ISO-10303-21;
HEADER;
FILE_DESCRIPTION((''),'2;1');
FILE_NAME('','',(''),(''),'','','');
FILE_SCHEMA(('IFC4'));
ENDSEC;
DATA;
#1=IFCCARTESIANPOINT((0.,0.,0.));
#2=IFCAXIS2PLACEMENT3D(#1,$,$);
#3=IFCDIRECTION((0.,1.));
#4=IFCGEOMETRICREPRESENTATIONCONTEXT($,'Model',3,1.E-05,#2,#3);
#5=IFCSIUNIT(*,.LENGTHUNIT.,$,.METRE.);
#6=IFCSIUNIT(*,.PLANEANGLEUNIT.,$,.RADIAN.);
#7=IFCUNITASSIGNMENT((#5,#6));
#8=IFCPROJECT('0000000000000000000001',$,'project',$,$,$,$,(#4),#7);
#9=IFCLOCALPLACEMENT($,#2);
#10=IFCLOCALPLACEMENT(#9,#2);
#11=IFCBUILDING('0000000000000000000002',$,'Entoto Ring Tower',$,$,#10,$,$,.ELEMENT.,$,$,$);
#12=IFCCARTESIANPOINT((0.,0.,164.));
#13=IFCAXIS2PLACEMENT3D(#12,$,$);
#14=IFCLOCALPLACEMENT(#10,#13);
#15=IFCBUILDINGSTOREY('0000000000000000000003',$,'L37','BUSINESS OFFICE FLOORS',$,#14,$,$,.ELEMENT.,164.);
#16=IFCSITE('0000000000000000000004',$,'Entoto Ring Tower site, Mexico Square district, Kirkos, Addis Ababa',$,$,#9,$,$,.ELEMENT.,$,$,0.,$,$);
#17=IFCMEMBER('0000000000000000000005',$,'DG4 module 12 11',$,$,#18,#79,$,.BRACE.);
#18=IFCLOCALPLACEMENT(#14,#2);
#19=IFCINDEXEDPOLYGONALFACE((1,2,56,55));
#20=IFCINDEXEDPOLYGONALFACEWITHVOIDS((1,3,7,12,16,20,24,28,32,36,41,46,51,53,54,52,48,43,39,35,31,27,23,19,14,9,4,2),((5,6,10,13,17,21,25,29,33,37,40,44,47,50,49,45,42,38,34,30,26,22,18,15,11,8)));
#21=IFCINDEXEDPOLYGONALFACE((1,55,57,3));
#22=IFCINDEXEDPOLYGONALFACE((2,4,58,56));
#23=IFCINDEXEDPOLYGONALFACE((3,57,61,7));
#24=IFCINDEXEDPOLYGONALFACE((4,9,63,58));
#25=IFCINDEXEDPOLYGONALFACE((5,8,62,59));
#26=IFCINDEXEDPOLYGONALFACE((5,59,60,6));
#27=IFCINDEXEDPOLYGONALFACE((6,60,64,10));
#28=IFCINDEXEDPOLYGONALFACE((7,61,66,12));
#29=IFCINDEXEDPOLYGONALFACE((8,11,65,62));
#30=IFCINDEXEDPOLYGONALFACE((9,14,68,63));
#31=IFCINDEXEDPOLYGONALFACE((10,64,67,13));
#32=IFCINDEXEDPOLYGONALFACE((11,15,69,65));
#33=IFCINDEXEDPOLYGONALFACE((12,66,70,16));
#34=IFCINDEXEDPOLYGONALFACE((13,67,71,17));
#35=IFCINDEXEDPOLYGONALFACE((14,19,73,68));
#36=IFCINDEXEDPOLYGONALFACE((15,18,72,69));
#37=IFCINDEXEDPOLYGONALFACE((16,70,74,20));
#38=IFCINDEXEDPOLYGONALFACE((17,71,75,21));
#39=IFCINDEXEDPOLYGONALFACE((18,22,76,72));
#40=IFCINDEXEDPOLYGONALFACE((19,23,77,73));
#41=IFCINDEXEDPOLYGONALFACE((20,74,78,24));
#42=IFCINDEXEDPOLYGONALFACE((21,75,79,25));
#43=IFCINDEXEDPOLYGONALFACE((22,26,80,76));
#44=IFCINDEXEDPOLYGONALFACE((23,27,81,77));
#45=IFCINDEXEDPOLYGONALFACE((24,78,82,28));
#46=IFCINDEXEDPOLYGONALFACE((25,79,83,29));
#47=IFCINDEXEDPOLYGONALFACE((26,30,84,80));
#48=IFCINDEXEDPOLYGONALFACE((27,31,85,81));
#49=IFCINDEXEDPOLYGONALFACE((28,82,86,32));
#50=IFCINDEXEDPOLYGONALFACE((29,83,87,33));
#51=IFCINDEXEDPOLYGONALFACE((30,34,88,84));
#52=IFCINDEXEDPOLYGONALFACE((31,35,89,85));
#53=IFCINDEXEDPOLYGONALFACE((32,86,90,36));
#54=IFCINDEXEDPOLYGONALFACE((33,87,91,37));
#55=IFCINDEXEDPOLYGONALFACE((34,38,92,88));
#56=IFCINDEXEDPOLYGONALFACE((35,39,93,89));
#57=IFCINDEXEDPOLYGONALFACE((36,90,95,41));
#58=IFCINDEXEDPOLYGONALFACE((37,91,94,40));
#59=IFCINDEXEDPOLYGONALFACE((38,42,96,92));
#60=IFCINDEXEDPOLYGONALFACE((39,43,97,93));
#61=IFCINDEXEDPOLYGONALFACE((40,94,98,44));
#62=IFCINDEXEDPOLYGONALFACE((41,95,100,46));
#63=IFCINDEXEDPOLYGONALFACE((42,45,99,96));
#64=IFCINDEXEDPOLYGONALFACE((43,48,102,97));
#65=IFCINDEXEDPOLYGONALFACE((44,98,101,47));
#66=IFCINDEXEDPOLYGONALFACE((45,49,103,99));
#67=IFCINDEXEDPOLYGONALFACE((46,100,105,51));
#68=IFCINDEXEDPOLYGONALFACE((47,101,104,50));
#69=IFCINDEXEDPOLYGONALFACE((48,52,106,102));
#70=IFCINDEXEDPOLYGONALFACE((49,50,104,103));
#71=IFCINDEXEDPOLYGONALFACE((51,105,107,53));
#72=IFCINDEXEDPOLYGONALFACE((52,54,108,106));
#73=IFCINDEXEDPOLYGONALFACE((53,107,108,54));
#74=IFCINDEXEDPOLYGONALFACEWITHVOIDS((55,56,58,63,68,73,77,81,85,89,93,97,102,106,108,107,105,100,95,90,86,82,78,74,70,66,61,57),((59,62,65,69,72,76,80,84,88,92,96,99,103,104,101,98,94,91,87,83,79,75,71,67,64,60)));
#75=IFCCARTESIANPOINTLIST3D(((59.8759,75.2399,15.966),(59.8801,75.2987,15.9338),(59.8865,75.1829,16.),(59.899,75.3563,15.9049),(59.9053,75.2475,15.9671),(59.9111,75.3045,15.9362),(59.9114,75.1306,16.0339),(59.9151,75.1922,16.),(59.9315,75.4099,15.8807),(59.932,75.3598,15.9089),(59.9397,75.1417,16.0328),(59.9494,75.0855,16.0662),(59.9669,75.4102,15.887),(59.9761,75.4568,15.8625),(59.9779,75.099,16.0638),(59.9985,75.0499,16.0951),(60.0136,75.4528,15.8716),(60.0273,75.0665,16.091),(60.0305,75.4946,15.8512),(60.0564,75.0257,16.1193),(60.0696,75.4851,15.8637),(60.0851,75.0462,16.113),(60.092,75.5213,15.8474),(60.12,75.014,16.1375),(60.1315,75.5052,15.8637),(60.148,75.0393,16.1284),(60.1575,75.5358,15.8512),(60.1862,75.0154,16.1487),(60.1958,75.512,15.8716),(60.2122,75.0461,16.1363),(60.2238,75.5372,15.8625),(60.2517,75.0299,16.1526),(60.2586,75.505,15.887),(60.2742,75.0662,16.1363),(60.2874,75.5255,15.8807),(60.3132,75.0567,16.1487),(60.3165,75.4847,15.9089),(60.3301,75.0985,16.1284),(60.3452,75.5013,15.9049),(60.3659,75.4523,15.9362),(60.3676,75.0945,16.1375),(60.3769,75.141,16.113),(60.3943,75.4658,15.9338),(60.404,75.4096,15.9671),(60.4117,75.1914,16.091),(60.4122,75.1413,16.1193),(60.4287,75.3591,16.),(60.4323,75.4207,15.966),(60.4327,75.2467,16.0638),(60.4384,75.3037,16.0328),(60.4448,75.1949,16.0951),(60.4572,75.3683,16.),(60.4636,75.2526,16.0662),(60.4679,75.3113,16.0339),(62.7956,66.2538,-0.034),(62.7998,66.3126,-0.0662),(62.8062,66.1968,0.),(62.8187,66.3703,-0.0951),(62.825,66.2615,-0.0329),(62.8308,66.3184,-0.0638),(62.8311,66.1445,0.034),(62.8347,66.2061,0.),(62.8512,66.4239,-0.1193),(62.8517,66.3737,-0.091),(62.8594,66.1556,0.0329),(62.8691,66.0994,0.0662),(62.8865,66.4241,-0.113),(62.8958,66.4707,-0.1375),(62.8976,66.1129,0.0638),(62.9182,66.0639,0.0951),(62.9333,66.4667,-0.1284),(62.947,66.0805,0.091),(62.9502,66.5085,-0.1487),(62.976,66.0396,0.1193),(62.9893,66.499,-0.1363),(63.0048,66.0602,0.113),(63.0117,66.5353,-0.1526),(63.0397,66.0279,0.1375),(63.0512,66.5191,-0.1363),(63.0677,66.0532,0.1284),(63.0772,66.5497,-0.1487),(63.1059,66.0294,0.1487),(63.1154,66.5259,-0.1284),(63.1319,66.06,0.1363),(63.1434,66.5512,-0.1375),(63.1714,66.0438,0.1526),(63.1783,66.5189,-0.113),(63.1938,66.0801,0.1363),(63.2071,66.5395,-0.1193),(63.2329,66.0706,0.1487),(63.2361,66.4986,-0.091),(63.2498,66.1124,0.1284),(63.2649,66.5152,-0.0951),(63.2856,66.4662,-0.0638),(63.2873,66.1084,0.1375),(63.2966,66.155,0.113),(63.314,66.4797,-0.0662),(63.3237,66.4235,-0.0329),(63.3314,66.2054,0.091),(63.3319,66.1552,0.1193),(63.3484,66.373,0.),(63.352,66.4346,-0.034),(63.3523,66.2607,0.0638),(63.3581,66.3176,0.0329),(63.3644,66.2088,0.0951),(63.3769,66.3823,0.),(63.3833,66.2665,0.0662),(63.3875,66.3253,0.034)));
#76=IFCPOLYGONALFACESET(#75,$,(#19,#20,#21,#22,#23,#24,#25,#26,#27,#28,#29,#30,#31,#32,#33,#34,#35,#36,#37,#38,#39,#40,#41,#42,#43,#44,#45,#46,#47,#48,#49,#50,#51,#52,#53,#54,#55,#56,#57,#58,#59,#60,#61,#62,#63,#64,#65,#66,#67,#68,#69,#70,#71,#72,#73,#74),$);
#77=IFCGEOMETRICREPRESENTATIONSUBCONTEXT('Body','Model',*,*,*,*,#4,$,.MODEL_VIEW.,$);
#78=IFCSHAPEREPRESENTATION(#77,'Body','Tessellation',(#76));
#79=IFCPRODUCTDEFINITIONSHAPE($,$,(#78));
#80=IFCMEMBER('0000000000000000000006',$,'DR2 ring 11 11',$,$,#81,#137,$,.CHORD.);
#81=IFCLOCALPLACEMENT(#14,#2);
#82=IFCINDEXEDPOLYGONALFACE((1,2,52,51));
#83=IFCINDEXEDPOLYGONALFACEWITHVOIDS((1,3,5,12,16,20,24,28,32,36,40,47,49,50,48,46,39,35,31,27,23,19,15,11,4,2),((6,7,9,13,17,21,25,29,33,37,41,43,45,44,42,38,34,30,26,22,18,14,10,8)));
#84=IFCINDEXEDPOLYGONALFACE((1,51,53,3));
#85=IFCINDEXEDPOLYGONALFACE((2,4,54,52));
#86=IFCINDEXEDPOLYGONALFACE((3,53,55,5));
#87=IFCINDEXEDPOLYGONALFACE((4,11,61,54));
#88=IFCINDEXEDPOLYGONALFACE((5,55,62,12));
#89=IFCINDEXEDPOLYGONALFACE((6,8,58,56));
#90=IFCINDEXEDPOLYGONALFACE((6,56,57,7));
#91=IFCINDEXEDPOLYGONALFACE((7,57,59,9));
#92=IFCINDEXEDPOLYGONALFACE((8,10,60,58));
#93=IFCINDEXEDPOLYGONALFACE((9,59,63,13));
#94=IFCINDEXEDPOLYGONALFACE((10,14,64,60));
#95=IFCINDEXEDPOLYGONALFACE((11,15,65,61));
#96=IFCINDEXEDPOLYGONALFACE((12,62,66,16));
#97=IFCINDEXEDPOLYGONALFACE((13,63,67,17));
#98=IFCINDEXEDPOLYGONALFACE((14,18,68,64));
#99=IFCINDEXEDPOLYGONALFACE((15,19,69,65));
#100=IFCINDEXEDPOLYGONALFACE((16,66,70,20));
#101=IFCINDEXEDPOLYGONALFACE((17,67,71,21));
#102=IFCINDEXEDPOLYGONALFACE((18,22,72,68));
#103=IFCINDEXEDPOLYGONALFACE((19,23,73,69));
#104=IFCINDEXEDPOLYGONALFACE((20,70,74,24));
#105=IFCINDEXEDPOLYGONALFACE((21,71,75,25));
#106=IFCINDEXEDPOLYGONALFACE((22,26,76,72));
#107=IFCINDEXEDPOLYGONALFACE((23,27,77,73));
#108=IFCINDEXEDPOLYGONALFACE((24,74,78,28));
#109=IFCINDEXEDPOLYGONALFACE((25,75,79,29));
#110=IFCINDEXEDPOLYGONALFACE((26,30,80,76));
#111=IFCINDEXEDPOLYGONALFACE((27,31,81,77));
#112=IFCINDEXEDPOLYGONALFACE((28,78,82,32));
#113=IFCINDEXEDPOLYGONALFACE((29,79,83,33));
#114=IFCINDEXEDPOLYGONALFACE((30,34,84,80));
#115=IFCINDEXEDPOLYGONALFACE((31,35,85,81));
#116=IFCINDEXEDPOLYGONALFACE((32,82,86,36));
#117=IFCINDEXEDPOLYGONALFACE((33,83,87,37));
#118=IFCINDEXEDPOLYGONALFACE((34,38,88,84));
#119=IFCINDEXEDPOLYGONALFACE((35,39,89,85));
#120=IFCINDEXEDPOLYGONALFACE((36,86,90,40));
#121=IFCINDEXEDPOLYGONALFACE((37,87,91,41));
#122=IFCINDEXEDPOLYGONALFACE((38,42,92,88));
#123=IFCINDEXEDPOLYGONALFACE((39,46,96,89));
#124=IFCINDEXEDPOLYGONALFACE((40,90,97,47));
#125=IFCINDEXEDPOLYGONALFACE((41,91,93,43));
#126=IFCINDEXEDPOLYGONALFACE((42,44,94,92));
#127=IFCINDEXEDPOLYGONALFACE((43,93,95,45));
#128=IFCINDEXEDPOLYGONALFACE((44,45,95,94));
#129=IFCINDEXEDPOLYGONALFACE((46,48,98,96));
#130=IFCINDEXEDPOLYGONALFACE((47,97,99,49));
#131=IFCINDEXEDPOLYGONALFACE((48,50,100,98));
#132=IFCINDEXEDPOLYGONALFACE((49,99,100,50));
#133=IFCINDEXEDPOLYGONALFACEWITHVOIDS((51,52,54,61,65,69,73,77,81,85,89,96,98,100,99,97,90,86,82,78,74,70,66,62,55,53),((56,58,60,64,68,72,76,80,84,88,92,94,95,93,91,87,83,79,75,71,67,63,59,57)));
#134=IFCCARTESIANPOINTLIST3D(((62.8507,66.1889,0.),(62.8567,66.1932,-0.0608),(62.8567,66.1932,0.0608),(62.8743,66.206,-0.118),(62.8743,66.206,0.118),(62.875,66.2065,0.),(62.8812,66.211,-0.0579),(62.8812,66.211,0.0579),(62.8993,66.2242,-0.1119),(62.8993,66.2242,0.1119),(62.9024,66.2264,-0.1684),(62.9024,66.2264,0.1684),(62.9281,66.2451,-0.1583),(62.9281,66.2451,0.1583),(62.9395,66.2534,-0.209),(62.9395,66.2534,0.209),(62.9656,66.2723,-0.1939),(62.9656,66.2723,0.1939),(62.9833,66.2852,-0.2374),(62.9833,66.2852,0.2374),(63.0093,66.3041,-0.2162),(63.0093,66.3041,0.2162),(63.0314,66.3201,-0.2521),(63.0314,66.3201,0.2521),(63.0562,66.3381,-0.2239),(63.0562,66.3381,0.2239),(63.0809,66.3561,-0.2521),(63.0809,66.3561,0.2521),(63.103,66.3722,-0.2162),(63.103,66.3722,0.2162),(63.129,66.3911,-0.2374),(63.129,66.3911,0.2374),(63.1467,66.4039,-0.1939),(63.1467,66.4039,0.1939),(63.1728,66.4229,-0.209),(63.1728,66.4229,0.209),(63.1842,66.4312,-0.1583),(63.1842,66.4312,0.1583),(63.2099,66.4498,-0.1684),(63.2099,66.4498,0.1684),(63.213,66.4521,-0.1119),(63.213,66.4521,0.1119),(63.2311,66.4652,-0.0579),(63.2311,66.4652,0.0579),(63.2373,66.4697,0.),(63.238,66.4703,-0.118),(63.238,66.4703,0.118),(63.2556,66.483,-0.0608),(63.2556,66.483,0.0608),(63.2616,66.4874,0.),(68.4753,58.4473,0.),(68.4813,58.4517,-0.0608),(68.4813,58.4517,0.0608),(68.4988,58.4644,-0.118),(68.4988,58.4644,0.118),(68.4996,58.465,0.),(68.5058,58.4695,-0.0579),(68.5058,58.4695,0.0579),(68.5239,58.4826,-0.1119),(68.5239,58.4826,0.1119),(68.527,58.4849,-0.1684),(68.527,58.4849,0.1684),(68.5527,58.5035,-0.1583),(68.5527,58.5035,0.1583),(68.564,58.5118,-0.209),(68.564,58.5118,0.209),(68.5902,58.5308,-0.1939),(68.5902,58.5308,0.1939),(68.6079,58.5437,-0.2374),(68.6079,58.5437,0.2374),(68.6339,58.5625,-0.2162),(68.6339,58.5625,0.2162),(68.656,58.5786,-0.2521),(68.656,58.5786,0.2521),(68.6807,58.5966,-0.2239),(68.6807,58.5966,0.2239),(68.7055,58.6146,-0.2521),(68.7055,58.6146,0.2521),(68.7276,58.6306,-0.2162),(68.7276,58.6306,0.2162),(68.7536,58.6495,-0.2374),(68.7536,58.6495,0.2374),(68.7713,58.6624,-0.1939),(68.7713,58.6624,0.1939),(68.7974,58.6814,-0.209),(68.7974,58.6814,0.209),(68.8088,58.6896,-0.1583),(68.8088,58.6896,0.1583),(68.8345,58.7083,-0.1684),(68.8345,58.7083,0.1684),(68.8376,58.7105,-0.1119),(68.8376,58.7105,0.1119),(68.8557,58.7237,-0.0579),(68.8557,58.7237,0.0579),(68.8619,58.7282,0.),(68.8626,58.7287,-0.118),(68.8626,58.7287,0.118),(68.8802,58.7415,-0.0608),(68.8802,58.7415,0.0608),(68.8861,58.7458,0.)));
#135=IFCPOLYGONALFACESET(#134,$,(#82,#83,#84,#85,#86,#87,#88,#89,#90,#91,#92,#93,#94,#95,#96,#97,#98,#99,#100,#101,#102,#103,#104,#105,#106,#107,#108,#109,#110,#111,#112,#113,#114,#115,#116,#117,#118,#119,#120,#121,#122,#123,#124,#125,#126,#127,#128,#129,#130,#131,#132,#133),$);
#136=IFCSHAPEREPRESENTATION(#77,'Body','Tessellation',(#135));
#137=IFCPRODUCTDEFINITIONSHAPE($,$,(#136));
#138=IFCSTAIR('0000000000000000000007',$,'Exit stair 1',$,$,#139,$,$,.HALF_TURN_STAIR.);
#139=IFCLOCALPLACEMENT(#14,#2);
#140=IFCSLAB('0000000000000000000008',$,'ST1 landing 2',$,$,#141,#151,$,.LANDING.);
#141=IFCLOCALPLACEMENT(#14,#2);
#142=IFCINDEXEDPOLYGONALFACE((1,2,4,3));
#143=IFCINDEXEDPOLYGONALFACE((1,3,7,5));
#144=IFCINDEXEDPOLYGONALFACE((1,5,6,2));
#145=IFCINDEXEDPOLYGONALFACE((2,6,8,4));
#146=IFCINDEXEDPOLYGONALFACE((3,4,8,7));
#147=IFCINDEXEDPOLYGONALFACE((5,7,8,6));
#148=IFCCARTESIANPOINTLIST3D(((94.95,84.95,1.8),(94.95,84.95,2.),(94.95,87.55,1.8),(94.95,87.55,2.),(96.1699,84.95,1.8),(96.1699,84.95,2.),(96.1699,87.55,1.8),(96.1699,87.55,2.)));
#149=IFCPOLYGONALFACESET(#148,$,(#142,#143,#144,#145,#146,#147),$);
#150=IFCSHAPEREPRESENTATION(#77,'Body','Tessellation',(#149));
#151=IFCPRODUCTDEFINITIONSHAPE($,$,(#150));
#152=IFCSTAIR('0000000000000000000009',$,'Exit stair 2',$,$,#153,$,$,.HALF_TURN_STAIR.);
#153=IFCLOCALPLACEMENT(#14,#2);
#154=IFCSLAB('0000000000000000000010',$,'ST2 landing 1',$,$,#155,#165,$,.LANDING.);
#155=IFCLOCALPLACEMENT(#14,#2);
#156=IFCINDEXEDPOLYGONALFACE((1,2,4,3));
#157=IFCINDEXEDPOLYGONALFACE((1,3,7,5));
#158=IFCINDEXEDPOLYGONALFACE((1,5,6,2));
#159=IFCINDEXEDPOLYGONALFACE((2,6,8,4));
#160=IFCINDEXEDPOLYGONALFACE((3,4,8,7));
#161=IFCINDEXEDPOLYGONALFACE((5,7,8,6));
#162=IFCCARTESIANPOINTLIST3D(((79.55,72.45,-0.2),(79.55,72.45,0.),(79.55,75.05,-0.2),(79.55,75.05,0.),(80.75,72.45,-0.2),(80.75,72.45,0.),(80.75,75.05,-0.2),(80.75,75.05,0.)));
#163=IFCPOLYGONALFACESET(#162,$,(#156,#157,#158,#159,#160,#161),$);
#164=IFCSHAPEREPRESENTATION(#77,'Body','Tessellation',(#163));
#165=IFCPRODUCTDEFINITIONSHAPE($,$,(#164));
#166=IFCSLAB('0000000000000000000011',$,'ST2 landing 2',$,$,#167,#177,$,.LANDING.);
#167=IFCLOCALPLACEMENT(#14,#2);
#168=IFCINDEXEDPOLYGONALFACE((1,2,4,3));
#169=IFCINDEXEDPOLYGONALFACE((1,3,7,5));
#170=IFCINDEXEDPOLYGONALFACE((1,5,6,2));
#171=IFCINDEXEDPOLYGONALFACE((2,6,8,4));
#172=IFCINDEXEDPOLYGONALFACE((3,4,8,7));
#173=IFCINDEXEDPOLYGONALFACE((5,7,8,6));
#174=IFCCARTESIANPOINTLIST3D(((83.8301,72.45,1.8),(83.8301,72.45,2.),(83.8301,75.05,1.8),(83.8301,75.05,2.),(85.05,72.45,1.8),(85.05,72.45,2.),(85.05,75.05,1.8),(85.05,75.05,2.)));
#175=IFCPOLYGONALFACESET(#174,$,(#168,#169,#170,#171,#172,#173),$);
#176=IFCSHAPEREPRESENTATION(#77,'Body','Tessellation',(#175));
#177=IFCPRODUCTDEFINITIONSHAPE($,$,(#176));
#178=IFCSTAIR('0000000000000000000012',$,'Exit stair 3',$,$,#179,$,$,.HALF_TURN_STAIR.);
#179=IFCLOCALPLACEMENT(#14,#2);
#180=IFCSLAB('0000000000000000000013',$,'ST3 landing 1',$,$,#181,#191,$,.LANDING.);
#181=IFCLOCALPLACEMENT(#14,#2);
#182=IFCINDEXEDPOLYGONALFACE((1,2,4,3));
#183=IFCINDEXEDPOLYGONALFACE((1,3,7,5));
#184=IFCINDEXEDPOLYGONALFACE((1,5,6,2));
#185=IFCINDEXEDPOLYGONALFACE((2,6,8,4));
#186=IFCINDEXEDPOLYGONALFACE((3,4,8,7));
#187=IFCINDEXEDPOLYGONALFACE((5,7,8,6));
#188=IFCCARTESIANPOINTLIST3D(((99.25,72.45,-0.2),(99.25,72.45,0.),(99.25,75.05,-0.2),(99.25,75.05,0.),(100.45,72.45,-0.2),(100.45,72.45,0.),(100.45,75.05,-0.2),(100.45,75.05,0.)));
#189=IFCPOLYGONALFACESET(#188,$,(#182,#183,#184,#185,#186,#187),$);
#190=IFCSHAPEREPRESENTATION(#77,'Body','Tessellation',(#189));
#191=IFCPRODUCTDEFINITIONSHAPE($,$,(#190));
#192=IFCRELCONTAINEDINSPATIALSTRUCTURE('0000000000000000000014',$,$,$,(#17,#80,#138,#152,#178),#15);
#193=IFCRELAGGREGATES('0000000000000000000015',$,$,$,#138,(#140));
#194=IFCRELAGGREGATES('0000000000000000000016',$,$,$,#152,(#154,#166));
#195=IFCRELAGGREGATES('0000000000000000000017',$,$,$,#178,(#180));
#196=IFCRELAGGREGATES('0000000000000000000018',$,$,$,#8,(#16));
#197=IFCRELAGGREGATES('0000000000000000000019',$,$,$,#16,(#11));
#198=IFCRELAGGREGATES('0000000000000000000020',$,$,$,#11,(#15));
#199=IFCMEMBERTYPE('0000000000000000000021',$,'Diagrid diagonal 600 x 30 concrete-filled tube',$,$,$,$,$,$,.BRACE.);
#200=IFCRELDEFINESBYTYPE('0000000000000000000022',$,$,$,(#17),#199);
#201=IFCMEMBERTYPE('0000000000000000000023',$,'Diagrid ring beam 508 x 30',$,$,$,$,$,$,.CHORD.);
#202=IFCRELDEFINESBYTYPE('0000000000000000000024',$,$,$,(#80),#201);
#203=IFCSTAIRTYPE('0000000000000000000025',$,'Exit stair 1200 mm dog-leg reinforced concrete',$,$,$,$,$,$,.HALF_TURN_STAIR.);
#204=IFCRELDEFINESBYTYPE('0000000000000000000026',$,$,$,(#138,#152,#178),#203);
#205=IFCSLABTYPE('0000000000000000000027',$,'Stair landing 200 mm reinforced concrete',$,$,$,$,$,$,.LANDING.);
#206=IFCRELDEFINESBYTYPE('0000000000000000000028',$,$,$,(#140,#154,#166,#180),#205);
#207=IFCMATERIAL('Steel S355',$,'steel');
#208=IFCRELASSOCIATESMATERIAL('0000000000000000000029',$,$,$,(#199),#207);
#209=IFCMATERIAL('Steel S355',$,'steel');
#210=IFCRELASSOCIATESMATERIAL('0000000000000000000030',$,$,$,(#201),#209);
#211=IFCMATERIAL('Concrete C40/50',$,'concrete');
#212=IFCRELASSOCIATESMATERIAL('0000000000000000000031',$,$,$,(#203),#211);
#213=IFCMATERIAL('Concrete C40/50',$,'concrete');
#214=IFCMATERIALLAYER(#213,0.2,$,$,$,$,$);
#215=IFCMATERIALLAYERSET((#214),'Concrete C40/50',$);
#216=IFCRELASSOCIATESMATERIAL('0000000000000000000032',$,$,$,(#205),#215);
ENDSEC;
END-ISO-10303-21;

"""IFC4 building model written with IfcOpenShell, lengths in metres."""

from ifc_helpers import new_model, si_unit, direction, frame, origin, origin_2d, place, context, subcontext, project, spatial, polyline, circle, hollow_circle, outline, extrude, material, layer, layer_set, material_profile, profile_set, type_object, element, aggregate, save


model = new_model("IFC4")

# Units and contexts
model_context = context("Model", 3, precision=1e-05, world=origin(), true_north=direction((0.0, 1.0)))
body_context = subcontext(model_context, "Body", "Model", "MODEL_VIEW")
ifc_project = project(units=[si_unit("LENGTHUNIT", "METRE"), si_unit("PLANEANGLEUNIT", "RADIAN")], contexts=[model_context])

# Site, building, storey
site_placement = place(None, origin())
site = spatial("IfcSite", under=ifc_project, at=site_placement, Name="Entoto Ring Tower site, Mexico Square district, Kirkos, Addis Ababa", CompositionType="ELEMENT", RefElevation=0.0)
building_placement = place(site_placement, origin())
building = spatial("IfcBuilding", under=site, at=building_placement, Name="Entoto Ring Tower", CompositionType="ELEMENT")
storey_placement = place(building_placement, frame((0.0, 0.0, 164.0)))
storey = spatial("IfcBuildingStorey", under=building, at=storey_placement, Name="L37", Description="BUSINESS OFFICE FLOORS", CompositionType="ELEMENT", Elevation=164.0)

# Members
ifc_material_1 = material(Name="Steel S355", Category="steel")
ifc_material_profile_1 = material_profile(ifc_material_1, hollow_circle(Radius=0.3, WallThickness=0.03, at=origin_2d()), Name="CHS 600 x 30")
ifc_material_2 = material(Name="Concrete C60/75", Category="concrete")
ifc_material_profile_2 = material_profile(ifc_material_2, circle(Radius=0.27, at=origin_2d()), Name="Concrete C60/75 infill")
ifc_profile_set_1 = profile_set([ifc_material_profile_1, ifc_material_profile_2], Name="Steel S355")
member_type_1 = type_object("IfcMemberType", Name="Diagrid diagonal 600 x 30 concrete-filled tube", PredefinedType="BRACE", material=ifc_profile_set_1)
member_1_placement = place(storey_placement, frame((63.0916, 66.2896, 0.0), z_axis=(-0.157128, 0.483602, 0.861069), x_axis=(-0.951059, -0.30901, 0.0)))
element("IfcMember", 1, at=member_1_placement, inside=storey, type_object=member_type_1, Name="DG4 module 12 11", PredefinedType="BRACE", context=body_context, shape_type="SweptSolid", body=[
    extrude(hollow_circle(Radius=0.3, WallThickness=0.03, at=origin_2d()), origin(), (0.0, 0.0, 1.0), 18.5815),
])
ifc_material_3 = material(Name="Steel S355", Category="steel")
ifc_material_profile_3 = material_profile(ifc_material_3, hollow_circle(Radius=0.2539, WallThickness=0.03, at=origin_2d()), Name="CHS 508 x 30")
ifc_material_4 = material(Name="Concrete C60/75", Category="concrete")
ifc_material_profile_4 = material_profile(ifc_material_4, circle(Radius=0.2241, at=origin_2d()), Name="Concrete C60/75 infill")
ifc_profile_set_2 = profile_set([ifc_material_profile_3, ifc_material_profile_4], Name="Steel S355")
member_type_2 = type_object("IfcMemberType", Name="Diagrid ring beam 508 x 30", PredefinedType="CHORD", material=ifc_profile_set_2)
member_2_placement = place(storey_placement, frame((63.0562, 66.3381, 0.0), z_axis=(0.587786, -0.809016, 0.0), x_axis=(0.809016, 0.587786, 0.0)))
element("IfcMember", 2, at=member_2_placement, inside=storey, type_object=member_type_2, Name="DR2 ring 11 11", PredefinedType="CHORD", context=body_context, shape_type="SweptSolid", body=[
    extrude(hollow_circle(Radius=0.2539, WallThickness=0.03, at=origin_2d()), origin(), (0.0, 0.0, 1.0), 9.5691),
])

# Stair, slab
ifc_material_5 = material(Name="Concrete C40/50", Category="concrete")
stair_type = type_object("IfcStairType", Name="Exit stair 1200 mm dog-leg reinforced concrete", PredefinedType="HALF_TURN_STAIR", material=ifc_material_5)
stair_1_placement = place(storey_placement, origin())
stair_1 = element("IfcStair", 3, at=stair_1_placement, inside=storey, type_object=stair_type, Name="Exit stair 1", PredefinedType="HALF_TURN_STAIR")
ifc_material_6 = material(Name="Concrete C40/50", Category="concrete")
ifc_layer_1 = layer(ifc_material_6, 0.2)
ifc_layer_set_1 = layer_set([ifc_layer_1], Name="Concrete C40/50")
slab_type_1 = type_object("IfcSlabType", Name="Stair landing 200 mm reinforced concrete", PredefinedType="LANDING", material=ifc_layer_set_1)
slab_1_placement = place(storey_placement, frame((0.0, 0.0, 1.8)))
slab_1 = element("IfcSlab", 4, at=slab_1_placement, type_object=slab_type_1, Name="ST1 landing 2", PredefinedType="LANDING", context=body_context, shape_type="SweptSolid", body=[
    extrude(outline(polyline([(94.95, 84.95), (96.1699, 84.95), (96.1699, 87.55), (94.95, 87.55), (94.95, 84.95)])), origin(), (0.0, 0.0, 1.0), 0.2),
])
aggregate(stair_1, [slab_1])

# Stairs, slabs
stair_2_placement = place(storey_placement, origin())
stair_2 = element("IfcStair", 5, at=stair_2_placement, inside=storey, type_object=stair_type, Name="Exit stair 2", PredefinedType="HALF_TURN_STAIR")
slab_2_placement = place(storey_placement, frame((0.0, 0.0, -0.2)))
slab_2 = element("IfcSlab", 6, at=slab_2_placement, type_object=slab_type_1, Name="ST2 landing 1", PredefinedType="LANDING", context=body_context, shape_type="SweptSolid", body=[
    extrude(outline(polyline([(80.75, 72.45), (80.75, 75.05), (79.55, 75.05), (79.55, 72.45), (80.75, 72.45)])), origin(), (0.0, 0.0, 1.0), 0.2),
])
slab_3_placement = place(storey_placement, frame((0.0, 0.0, 1.8)))
slab_3 = element("IfcSlab", 7, at=slab_3_placement, type_object=slab_type_1, Name="ST2 landing 2", PredefinedType="LANDING", context=body_context, shape_type="SweptSolid", body=[
    extrude(outline(polyline([(83.8301, 72.45), (85.05, 72.45), (85.05, 75.05), (83.8301, 75.05), (83.8301, 72.45)])), origin(), (0.0, 0.0, 1.0), 0.2),
])
aggregate(stair_2, [slab_2, slab_3])
stair_3_placement = place(storey_placement, origin())
stair_3 = element("IfcStair", 8, at=stair_3_placement, inside=storey, type_object=stair_type, Name="Exit stair 3", PredefinedType="HALF_TURN_STAIR")
slab_4_placement = place(storey_placement, frame((0.0, 0.0, -0.2)))
slab_4 = element("IfcSlab", 9, at=slab_4_placement, type_object=slab_type_1, Name="ST3 landing 1", PredefinedType="LANDING", context=body_context, shape_type="SweptSolid", body=[
    extrude(outline(polyline([(100.45, 72.45), (100.45, 75.05), (99.25, 75.05), (99.25, 72.45), (100.45, 72.45)])), origin(), (0.0, 0.0, 1.0), 0.2),
])
aggregate(stair_3, [slab_4])

save(model, "model.ifc")
